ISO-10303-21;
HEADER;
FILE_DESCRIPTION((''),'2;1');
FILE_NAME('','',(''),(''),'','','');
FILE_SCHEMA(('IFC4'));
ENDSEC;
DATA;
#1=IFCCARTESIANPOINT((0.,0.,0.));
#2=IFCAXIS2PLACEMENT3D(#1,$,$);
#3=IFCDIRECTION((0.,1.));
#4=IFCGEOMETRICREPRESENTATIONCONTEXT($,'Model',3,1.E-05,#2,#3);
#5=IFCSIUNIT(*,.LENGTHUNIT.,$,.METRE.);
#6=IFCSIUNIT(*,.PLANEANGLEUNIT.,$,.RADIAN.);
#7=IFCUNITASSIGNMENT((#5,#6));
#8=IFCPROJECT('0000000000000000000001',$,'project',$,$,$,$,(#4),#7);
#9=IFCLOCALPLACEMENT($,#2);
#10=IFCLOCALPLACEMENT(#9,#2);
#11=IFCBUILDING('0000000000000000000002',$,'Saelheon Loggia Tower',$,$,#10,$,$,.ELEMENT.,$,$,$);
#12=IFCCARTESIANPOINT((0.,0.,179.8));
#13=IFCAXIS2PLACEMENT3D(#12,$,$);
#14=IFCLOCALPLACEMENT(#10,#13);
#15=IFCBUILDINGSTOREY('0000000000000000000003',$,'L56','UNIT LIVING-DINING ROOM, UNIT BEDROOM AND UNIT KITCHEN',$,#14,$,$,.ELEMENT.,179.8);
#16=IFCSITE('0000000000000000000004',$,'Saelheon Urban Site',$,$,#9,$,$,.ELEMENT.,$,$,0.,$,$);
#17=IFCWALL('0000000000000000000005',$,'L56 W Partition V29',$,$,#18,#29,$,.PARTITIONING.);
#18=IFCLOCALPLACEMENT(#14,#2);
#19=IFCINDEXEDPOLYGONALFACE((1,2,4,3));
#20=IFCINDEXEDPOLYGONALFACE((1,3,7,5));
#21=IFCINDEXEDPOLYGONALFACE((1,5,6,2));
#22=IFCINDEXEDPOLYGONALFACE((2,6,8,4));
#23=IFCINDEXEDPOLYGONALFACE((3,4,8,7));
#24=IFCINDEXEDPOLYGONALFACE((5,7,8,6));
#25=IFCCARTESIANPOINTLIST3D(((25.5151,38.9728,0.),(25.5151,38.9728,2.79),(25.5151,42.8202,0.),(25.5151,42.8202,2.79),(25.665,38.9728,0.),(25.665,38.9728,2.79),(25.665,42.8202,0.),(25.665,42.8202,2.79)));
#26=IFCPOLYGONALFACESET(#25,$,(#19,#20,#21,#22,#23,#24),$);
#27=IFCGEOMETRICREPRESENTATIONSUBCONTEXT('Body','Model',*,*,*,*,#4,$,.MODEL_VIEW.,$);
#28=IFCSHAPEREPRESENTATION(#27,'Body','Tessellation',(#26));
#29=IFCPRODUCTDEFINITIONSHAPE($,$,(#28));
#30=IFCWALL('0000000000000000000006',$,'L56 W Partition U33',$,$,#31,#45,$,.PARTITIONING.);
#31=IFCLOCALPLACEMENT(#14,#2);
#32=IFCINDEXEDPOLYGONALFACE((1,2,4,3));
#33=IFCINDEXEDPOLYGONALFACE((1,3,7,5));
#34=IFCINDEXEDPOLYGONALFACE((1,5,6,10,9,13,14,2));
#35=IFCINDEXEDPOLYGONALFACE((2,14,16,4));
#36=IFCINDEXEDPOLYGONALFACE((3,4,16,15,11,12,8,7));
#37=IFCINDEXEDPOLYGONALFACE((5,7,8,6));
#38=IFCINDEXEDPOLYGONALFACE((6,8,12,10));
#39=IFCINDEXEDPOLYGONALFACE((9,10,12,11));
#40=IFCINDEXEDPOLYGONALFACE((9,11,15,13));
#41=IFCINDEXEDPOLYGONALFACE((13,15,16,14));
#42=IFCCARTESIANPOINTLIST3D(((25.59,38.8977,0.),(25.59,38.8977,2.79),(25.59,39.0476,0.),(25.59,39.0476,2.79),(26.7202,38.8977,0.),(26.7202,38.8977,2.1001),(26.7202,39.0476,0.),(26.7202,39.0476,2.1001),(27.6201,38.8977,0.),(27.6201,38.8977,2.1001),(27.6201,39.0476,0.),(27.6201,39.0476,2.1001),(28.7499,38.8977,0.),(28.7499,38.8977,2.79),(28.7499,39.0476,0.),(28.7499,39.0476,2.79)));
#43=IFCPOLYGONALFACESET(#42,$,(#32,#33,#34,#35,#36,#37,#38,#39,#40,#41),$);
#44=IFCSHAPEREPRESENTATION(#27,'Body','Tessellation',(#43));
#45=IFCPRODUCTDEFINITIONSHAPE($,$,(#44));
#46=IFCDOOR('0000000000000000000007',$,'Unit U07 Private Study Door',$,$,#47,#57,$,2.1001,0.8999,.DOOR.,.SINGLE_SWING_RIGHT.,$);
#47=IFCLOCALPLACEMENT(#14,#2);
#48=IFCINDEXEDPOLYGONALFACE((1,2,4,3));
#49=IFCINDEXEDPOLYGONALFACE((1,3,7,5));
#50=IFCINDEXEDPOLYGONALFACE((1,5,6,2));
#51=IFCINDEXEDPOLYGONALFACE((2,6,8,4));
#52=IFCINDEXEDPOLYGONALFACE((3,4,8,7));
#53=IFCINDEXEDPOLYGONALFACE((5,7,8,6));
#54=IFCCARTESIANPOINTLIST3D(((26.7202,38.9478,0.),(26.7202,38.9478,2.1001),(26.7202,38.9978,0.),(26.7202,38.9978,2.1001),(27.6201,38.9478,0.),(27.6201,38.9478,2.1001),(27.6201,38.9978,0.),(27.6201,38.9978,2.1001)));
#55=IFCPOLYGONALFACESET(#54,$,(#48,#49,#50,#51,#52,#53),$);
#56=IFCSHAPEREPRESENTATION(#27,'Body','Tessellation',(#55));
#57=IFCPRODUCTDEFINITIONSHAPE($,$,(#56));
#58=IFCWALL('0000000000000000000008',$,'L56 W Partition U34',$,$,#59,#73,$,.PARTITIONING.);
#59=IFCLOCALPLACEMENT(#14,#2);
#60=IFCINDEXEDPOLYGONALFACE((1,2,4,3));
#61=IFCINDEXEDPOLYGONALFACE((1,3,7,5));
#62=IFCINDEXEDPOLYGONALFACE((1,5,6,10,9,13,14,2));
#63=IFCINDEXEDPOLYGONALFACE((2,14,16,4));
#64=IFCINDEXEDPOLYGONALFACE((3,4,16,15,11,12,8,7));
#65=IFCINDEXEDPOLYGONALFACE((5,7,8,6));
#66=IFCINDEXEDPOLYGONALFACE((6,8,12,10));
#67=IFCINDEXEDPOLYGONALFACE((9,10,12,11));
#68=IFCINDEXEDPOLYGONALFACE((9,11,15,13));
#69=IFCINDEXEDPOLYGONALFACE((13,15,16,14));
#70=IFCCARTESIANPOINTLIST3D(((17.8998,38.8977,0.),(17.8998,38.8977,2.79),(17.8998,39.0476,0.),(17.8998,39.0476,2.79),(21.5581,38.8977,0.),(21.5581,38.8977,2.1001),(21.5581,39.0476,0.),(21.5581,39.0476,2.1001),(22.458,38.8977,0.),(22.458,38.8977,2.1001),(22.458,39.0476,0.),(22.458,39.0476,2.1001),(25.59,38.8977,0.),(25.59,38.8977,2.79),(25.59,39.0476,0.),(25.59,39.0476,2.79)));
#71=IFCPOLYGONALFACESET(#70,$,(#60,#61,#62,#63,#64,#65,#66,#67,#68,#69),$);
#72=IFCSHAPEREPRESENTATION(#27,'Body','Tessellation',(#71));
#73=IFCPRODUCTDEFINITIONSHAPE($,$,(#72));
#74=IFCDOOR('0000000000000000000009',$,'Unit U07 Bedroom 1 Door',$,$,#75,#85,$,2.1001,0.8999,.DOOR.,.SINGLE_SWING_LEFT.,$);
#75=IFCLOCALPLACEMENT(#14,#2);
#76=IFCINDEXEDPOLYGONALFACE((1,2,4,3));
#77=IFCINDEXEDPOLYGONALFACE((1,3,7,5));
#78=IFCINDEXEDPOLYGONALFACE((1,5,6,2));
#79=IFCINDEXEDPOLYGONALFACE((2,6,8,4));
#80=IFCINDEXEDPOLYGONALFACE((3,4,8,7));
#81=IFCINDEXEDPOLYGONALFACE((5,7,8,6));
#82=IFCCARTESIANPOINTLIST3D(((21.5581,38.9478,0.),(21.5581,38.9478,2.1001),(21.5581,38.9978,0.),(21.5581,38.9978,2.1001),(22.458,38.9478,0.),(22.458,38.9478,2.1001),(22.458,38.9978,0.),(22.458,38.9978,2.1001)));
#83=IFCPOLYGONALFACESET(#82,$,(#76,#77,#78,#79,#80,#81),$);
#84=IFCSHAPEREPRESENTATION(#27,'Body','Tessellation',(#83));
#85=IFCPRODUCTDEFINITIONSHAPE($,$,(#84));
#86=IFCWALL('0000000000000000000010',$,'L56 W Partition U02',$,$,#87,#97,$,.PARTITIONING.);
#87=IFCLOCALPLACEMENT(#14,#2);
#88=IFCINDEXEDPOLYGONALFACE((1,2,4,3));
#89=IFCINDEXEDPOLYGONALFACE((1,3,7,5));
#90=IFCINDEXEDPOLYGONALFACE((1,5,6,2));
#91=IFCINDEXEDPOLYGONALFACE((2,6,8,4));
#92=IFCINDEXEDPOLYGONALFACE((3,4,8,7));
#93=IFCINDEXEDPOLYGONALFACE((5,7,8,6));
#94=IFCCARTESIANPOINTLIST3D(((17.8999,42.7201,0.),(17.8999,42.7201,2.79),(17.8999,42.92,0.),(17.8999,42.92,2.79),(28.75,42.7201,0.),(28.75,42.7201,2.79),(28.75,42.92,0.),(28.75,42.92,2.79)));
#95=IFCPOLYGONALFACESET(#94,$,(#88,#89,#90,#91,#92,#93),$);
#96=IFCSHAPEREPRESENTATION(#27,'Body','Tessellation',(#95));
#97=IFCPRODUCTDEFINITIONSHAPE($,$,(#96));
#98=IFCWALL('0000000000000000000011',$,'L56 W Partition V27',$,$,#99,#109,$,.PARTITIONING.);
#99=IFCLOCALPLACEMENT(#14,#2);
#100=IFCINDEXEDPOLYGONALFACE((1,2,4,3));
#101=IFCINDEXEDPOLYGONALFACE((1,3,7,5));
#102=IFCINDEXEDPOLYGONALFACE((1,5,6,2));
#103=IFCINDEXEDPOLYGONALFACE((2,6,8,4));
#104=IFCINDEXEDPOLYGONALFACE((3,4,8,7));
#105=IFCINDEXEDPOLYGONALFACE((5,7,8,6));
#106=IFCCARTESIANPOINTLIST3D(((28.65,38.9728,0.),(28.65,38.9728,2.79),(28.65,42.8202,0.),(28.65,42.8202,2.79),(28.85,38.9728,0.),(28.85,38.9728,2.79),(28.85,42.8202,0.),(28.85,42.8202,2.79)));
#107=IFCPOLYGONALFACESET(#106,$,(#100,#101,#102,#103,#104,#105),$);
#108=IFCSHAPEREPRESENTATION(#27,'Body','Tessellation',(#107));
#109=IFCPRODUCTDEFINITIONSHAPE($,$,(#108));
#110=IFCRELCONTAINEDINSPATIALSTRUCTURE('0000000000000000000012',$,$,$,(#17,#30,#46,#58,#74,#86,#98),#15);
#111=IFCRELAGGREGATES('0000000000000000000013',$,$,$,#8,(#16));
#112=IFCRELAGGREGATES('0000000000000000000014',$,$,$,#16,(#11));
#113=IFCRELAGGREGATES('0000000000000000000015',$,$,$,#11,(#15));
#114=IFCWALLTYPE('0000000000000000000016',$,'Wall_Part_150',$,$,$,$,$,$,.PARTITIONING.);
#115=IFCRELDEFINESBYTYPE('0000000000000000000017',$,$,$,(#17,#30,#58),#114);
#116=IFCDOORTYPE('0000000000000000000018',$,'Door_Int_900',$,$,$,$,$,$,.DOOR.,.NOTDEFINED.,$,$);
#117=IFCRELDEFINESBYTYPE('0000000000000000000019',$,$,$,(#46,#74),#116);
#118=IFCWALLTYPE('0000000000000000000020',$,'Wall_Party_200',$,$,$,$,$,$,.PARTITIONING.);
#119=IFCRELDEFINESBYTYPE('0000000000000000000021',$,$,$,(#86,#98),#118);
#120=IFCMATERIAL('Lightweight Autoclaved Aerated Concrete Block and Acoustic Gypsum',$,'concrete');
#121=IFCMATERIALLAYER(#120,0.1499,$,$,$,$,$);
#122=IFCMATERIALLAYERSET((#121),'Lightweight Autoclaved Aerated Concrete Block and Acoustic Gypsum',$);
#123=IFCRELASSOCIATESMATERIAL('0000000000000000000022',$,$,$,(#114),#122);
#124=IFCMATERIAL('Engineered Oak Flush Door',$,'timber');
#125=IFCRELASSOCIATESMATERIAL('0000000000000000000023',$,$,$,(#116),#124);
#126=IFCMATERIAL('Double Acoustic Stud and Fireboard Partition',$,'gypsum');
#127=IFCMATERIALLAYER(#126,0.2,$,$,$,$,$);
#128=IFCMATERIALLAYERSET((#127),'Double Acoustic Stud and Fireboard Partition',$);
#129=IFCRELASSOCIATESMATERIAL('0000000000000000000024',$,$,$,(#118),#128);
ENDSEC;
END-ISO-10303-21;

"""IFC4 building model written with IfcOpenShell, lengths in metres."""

from ifc_helpers import new_model, si_unit, direction, frame, frame_2d, origin, place, context, subcontext, project, spatial, rectangle, extrude, source, transform, mapped, material, layer, layer_set, type_object, element, fill, save


model = new_model("IFC4")

# Units and contexts
model_context = context("Model", 3, precision=1e-05, world=origin(), true_north=direction((0.0, 1.0)))
body_context = subcontext(model_context, "Body", "Model", "MODEL_VIEW")
ifc_project = project(units=[si_unit("LENGTHUNIT", "METRE"), si_unit("PLANEANGLEUNIT", "RADIAN")], contexts=[model_context])

# Site, building, storey
site_placement = place(None, origin())
site = spatial("IfcSite", under=ifc_project, at=site_placement, Name="Saelheon Urban Site", CompositionType="ELEMENT", RefElevation=0.0)
building_placement = place(site_placement, origin())
building = spatial("IfcBuilding", under=site, at=building_placement, Name="Saelheon Loggia Tower", CompositionType="ELEMENT")
storey_placement = place(building_placement, frame((0.0, 0.0, 179.8)))
storey = spatial("IfcBuildingStorey", under=building, at=storey_placement, Name="L56", Description="UNIT LIVING-DINING ROOM, UNIT BEDROOM AND UNIT KITCHEN", CompositionType="ELEMENT", Elevation=179.8)

# Wall
ifc_material_1 = material(Name="Lightweight Autoclaved Aerated Concrete Block and Acoustic Gypsum", Category="concrete")
ifc_layer_1 = layer(ifc_material_1, 0.1499)
ifc_layer_set_1 = layer_set([ifc_layer_1], Name="Lightweight Autoclaved Aerated Concrete Block and Acoustic Gypsum")
wall_type_1 = type_object("IfcWallType", Name="Wall_Part_150", PredefinedType="PARTITIONING", material=ifc_layer_set_1)
wall_1_placement = place(storey_placement, frame((25.5901, 38.9727, 0.0), z_axis=(0.0, 0.0, 1.0), x_axis=(0.0, 1.0, 0.0)))
element("IfcWall", 1, at=wall_1_placement, inside=storey, type_object=wall_type_1, Name="L56 W Partition V29", PredefinedType="PARTITIONING", context=body_context, shape_type="SweptSolid", body=[
    extrude(rectangle(XDim=3.8474, YDim=0.1499, at=frame_2d((1.9238, 0.0))), origin(), (0.0, 0.0, 1.0), 2.79),
])

# Walls, openings, doors
wall_2_placement = place(storey_placement, frame((28.75, 38.9727, 0.0), z_axis=(0.0, 0.0, 1.0), x_axis=(-1.0, 0.0, 0.0)))
wall_2 = element("IfcWall", 2, at=wall_2_placement, inside=storey, type_object=wall_type_1, Name="L56 W Partition U33", PredefinedType="PARTITIONING", context=body_context, shape_type="SweptSolid", body=[
    extrude(rectangle(XDim=3.1599, YDim=0.1499, at=frame_2d((1.5801, 0.0))), origin(), (0.0, 0.0, 1.0), 2.79),
])
opening_1_placement = place(wall_2_placement, frame((1.1299, 0.0, 0.0)))
opening_1 = element("IfcOpeningElement", 3, at=opening_1_placement, cuts=wall_2, PredefinedType="OPENING", context=body_context, shape_type="SweptSolid", body=[
    extrude(rectangle(XDim=0.8999, YDim=2.1001, at=frame_2d((0.45, 1.05))), frame((0.0, 0.0869, 0.0), z_axis=(0.0, -1.0, 0.0), x_axis=(1.0, 0.0, 0.0)), (0.0, 0.0, 1.0), 0.1738),
])
ifc_material_2 = material(Name="Engineered Oak Flush Door", Category="timber")
door_type_1 = type_object("IfcDoorType", Name="Door_Int_900", OperationType="NOTDEFINED", PredefinedType="DOOR", material=ifc_material_2)
shared_shape_1 = source(origin(), body_context, "Body", "SweptSolid", [
    extrude(rectangle(XDim=0.8999, YDim=2.1001, at=frame_2d((0.45, 1.05))), frame((0.0, 0.0249, 0.0), z_axis=(0.0, -1.0, 0.0), x_axis=(1.0, 0.0, 0.0)), (0.0, 0.0, 1.0), 0.05),
])
door_1_placement = place(opening_1_placement, origin())
door_1 = element("IfcDoor", 4, at=door_1_placement, inside=storey, type_object=door_type_1, Name="Unit U07 Private Study Door", OperationType="SINGLE_SWING_RIGHT", OverallHeight=2.1001, OverallWidth=0.8999, PredefinedType="DOOR", context=body_context, shape_type="MappedRepresentation", body=[
    mapped(shared_shape_1, transform((0.0, 0.0, 0.0), scale=1.0)),
])
fill(opening_1, door_1)
wall_3_placement = place(storey_placement, frame((25.5901, 38.9727, 0.0), z_axis=(0.0, 0.0, 1.0), x_axis=(-1.0, 0.0, 0.0)))
wall_3 = element("IfcWall", 5, at=wall_3_placement, inside=storey, type_object=wall_type_1, Name="L56 W Partition U34", PredefinedType="PARTITIONING", context=body_context, shape_type="SweptSolid", body=[
    extrude(rectangle(XDim=7.6902, YDim=0.1499, at=frame_2d((3.8452, 0.0))), origin(), (0.0, 0.0, 1.0), 2.79),
])
opening_2_placement = place(wall_3_placement, frame((3.1321, 0.0, 0.0)))
opening_2 = element("IfcOpeningElement", 6, at=opening_2_placement, cuts=wall_3, PredefinedType="OPENING", context=body_context, shape_type="SweptSolid", body=[
    extrude(rectangle(XDim=0.8999, YDim=2.1001, at=frame_2d((0.45, 1.05))), frame((0.0, 0.0869, 0.0), z_axis=(0.0, -1.0, 0.0), x_axis=(1.0, 0.0, 0.0)), (0.0, 0.0, 1.0), 0.1738),
])
door_2_placement = place(opening_2_placement, origin())
door_2 = element("IfcDoor", 7, at=door_2_placement, inside=storey, type_object=door_type_1, Name="Unit U07 Bedroom 1 Door", OperationType="SINGLE_SWING_LEFT", OverallHeight=2.1001, OverallWidth=0.8999, PredefinedType="DOOR", context=body_context, shape_type="MappedRepresentation", body=[
    mapped(shared_shape_1, transform((0.0, 0.0, 0.0), scale=1.0)),
])
fill(opening_2, door_2)

# Walls
ifc_material_3 = material(Name="Double Acoustic Stud and Fireboard Partition", Category="gypsum")
ifc_layer_2 = layer(ifc_material_3, 0.2)
ifc_layer_set_2 = layer_set([ifc_layer_2], Name="Double Acoustic Stud and Fireboard Partition")
wall_type_2 = type_object("IfcWallType", Name="Wall_Party_200", PredefinedType="PARTITIONING", material=ifc_layer_set_2)
wall_4_placement = place(storey_placement, frame((28.75, 42.8201, 0.0), z_axis=(0.0, 0.0, 1.0), x_axis=(-1.0, 0.0, 0.0)))
element("IfcWall", 8, at=wall_4_placement, inside=storey, type_object=wall_type_2, Name="L56 W Partition U02", PredefinedType="PARTITIONING", context=body_context, shape_type="SweptSolid", body=[
    extrude(rectangle(XDim=10.8501, YDim=0.2, at=frame_2d((5.425, 0.0))), origin(), (0.0, 0.0, 1.0), 2.79),
])
wall_5_placement = place(storey_placement, frame((28.75, 38.9727, 0.0), z_axis=(0.0, 0.0, 1.0), x_axis=(0.0, 1.0, 0.0)))
element("IfcWall", 9, at=wall_5_placement, inside=storey, type_object=wall_type_2, Name="L56 W Partition V27", PredefinedType="PARTITIONING", context=body_context, shape_type="SweptSolid", body=[
    extrude(rectangle(XDim=3.8474, YDim=0.2, at=frame_2d((1.9238, 0.0))), origin(), (0.0, 0.0, 1.0), 2.79),
])

save(model, "model.ifc")
